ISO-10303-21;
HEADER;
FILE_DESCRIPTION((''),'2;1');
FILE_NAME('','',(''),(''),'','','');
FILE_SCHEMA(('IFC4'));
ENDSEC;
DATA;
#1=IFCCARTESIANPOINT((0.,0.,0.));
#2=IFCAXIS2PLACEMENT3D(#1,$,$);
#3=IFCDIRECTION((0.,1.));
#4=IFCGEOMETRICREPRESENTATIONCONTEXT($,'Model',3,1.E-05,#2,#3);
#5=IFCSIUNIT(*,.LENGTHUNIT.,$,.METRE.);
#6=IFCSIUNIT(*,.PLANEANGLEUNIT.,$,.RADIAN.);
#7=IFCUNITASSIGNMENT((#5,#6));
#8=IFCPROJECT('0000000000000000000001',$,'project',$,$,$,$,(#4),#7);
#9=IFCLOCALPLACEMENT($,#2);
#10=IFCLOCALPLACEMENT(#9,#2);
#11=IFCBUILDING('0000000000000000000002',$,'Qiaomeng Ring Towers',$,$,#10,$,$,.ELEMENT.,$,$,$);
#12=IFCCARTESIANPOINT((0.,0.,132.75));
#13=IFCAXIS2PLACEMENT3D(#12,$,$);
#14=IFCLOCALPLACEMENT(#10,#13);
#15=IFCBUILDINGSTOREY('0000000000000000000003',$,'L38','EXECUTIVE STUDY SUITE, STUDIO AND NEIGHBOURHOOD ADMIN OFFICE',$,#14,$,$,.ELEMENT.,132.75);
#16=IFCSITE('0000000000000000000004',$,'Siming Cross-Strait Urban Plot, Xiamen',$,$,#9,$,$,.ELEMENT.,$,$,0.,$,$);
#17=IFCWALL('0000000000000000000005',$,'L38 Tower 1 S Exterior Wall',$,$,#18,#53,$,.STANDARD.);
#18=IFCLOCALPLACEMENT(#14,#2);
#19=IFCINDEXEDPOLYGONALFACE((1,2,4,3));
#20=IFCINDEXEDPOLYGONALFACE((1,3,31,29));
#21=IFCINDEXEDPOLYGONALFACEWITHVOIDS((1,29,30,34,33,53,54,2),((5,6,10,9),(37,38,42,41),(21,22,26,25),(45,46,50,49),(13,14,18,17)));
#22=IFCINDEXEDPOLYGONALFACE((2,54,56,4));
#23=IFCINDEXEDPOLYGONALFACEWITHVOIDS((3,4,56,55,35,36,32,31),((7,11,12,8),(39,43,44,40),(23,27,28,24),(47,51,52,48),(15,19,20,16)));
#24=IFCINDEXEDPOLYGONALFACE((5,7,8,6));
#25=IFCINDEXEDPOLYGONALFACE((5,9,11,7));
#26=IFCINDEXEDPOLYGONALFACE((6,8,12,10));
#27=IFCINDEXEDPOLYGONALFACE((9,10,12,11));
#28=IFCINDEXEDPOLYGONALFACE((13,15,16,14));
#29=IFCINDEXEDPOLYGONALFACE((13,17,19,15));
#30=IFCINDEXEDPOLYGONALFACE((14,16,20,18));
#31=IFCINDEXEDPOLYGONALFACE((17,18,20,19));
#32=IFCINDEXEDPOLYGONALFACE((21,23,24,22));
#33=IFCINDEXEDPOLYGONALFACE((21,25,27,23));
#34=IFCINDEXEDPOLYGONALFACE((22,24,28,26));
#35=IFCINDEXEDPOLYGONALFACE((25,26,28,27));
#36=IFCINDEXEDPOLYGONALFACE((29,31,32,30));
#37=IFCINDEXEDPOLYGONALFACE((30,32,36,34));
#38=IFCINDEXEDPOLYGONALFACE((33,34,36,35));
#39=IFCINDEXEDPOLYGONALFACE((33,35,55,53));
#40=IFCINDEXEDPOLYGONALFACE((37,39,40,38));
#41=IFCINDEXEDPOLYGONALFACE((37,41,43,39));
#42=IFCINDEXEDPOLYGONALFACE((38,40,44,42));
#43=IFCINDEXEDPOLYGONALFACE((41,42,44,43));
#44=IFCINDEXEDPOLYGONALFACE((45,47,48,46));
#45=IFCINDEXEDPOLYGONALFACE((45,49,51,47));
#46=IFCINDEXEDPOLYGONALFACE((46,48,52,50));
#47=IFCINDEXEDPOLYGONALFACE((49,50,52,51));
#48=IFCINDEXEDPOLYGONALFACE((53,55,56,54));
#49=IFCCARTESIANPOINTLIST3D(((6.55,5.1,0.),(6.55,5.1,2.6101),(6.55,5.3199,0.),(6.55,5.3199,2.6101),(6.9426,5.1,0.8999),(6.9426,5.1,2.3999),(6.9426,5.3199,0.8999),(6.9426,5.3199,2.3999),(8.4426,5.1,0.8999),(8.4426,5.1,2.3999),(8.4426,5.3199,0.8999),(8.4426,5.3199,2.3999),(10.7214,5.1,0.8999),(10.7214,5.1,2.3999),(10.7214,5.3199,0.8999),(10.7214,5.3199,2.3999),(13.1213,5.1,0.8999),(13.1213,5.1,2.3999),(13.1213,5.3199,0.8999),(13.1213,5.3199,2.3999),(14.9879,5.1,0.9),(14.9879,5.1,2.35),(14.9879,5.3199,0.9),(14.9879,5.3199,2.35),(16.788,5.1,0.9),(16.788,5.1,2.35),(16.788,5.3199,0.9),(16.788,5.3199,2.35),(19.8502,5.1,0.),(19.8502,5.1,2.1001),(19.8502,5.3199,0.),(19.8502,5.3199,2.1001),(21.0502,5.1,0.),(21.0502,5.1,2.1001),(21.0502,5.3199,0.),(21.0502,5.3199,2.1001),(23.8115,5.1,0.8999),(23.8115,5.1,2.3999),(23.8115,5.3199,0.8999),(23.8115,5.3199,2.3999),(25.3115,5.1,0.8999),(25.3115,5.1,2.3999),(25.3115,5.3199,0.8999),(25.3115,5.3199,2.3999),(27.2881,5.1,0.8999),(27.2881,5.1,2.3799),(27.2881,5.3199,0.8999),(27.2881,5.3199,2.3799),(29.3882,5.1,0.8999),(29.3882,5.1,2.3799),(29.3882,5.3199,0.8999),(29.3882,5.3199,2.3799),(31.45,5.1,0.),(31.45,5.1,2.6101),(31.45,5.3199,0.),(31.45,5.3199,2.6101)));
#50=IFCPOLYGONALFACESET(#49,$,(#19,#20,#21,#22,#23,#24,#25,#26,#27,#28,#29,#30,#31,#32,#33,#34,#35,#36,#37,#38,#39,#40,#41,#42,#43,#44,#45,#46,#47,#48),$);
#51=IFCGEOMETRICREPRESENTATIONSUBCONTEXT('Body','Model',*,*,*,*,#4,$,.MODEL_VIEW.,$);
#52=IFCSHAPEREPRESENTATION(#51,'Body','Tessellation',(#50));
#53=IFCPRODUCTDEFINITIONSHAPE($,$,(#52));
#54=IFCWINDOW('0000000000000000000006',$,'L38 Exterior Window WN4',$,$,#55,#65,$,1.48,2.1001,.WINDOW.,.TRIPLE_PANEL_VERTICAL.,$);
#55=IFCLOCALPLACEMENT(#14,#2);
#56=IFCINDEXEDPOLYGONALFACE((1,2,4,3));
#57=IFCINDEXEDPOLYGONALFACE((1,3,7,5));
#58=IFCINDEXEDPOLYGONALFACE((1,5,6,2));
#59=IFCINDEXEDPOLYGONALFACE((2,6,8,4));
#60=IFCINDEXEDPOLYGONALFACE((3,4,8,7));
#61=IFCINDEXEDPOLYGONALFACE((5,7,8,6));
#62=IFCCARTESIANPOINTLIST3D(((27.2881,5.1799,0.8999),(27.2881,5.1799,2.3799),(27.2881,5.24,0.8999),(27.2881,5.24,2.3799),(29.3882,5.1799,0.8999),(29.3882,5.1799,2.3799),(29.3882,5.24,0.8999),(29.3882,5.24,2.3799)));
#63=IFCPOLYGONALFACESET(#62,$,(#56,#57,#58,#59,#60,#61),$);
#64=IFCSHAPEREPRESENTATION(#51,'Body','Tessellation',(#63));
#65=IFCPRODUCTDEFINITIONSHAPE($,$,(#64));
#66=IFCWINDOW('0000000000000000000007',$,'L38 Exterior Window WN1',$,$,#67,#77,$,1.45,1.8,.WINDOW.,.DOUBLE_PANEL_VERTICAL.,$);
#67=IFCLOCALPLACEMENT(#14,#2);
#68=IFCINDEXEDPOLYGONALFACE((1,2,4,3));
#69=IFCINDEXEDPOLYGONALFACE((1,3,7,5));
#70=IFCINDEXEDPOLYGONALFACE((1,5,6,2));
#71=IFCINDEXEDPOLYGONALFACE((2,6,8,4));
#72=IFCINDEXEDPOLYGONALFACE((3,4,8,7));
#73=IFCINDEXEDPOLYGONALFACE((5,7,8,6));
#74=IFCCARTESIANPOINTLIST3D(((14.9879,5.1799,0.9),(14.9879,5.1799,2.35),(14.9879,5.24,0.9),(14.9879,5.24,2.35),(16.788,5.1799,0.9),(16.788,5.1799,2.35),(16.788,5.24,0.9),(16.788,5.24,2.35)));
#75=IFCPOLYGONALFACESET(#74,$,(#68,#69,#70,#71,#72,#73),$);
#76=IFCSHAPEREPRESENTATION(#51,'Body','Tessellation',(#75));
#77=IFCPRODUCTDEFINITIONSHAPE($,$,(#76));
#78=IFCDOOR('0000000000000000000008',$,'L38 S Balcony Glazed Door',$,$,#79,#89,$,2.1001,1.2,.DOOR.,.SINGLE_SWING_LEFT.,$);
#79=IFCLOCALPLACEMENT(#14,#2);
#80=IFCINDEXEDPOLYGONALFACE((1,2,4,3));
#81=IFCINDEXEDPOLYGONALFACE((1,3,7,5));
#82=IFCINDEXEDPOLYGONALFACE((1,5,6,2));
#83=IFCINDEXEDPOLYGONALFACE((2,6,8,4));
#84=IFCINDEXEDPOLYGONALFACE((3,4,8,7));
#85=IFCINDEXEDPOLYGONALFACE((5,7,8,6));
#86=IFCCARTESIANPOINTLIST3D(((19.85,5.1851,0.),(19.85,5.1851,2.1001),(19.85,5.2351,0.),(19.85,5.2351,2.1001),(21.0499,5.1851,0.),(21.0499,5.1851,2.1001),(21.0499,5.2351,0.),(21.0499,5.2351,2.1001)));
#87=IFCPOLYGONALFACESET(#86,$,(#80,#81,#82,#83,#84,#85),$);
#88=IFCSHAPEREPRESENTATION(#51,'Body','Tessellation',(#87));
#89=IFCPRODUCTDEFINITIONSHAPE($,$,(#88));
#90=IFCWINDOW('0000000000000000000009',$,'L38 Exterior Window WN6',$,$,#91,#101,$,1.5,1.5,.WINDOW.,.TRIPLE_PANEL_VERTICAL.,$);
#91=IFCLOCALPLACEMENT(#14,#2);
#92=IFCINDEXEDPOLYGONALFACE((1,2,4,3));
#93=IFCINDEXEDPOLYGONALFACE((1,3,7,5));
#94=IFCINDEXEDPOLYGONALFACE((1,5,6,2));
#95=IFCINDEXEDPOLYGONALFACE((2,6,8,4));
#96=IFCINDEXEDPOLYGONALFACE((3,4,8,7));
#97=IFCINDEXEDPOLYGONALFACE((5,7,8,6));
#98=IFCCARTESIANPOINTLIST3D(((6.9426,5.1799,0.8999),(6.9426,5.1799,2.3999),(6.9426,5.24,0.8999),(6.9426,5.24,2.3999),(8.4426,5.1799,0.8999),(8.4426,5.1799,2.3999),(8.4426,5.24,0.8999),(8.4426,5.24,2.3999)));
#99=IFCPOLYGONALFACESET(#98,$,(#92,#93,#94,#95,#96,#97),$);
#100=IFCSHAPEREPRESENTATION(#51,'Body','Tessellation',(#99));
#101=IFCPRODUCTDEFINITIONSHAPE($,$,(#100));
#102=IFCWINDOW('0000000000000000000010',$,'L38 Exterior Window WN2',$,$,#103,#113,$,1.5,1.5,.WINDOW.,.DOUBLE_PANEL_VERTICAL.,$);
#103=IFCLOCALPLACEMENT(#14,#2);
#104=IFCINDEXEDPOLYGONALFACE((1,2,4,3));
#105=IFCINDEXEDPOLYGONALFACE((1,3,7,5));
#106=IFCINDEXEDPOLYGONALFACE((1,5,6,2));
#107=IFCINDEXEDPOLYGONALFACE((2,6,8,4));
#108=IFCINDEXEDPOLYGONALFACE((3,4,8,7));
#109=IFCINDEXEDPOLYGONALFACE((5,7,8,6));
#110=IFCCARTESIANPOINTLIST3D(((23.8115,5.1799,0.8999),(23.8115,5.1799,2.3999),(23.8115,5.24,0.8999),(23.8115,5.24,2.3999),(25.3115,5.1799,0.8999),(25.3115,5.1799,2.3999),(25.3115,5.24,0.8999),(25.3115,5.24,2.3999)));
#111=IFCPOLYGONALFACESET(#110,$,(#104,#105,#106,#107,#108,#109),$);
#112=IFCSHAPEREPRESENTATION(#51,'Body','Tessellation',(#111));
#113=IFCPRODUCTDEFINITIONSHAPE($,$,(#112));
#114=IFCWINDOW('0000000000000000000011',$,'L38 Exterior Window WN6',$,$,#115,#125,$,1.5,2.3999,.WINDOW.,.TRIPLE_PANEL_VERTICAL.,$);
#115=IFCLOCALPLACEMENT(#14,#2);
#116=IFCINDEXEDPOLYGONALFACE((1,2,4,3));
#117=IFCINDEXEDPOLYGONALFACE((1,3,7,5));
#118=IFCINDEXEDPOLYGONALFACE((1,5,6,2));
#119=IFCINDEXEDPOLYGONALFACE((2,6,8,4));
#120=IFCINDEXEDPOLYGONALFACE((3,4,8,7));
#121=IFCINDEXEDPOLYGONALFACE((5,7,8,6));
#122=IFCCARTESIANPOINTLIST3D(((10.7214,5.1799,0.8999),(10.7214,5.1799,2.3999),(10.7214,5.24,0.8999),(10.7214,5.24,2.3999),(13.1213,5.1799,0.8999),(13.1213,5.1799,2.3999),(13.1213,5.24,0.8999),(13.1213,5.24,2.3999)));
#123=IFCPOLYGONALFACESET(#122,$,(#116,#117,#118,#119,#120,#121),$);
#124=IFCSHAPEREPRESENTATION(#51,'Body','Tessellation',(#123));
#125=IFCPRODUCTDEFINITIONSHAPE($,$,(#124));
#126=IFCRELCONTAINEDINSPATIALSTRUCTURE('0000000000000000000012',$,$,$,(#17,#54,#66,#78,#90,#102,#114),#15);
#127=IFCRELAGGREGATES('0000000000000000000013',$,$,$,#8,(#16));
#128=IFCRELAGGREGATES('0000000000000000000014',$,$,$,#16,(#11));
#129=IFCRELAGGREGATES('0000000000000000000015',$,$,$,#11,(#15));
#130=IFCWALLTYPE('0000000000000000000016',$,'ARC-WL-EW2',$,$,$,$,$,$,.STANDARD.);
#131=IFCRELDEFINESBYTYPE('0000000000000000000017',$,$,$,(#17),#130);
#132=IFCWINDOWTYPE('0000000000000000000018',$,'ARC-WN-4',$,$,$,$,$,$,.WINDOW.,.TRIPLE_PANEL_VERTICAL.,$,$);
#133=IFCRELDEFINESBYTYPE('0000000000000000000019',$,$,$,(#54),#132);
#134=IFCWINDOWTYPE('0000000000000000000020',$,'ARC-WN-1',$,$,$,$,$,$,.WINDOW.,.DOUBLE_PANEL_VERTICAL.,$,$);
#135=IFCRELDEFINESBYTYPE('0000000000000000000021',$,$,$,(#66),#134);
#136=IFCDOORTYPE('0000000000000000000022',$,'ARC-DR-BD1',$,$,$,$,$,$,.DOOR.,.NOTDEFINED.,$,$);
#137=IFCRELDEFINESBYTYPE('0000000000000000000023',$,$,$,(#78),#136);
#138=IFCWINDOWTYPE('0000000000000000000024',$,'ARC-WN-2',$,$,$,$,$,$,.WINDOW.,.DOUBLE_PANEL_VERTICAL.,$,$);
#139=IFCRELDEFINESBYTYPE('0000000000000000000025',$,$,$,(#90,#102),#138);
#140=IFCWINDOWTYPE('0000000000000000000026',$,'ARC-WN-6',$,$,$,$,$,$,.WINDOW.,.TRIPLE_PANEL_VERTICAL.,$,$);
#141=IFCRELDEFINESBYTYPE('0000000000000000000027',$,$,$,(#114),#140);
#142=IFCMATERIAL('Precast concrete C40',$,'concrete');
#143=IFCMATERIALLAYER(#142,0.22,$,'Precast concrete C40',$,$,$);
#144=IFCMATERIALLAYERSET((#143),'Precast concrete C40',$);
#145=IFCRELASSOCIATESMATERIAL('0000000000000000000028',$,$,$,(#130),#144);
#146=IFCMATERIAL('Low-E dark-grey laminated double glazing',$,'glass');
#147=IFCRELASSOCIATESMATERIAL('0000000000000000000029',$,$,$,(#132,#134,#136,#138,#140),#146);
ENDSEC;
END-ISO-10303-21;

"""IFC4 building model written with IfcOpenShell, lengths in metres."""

from ifc_helpers import new_model, si_unit, direction, frame, frame_2d, origin, place, context, subcontext, project, spatial, rectangle, extrude, source, transform, mapped, material, layer, layer_set, type_object, element, fill, save


model = new_model("IFC4")

# Units and contexts
model_context = context("Model", 3, precision=1e-05, world=origin(), true_north=direction((0.0, 1.0)))
body_context = subcontext(model_context, "Body", "Model", "MODEL_VIEW")
ifc_project = project(units=[si_unit("LENGTHUNIT", "METRE"), si_unit("PLANEANGLEUNIT", "RADIAN")], contexts=[model_context])

# Site, building, storey
site_placement = place(None, origin())
site = spatial("IfcSite", under=ifc_project, at=site_placement, Name="Siming Cross-Strait Urban Plot, Xiamen", CompositionType="ELEMENT", RefElevation=0.0)
building_placement = place(site_placement, origin())
building = spatial("IfcBuilding", under=site, at=building_placement, Name="Qiaomeng Ring Towers", CompositionType="ELEMENT")
storey_placement = place(building_placement, frame((0.0, 0.0, 132.75)))
storey = spatial("IfcBuildingStorey", under=building, at=storey_placement, Name="L38", Description="EXECUTIVE STUDY SUITE, STUDIO AND NEIGHBOURHOOD ADMIN OFFICE", CompositionType="ELEMENT", Elevation=132.75)

# Shared definitions
ifc_material_1 = material(Name="Low-E dark-grey laminated double glazing", Category="glass")

# Wall, openings, windows, door
ifc_material_2 = material(Name="Precast concrete C40", Category="concrete")
ifc_layer_1 = layer(ifc_material_2, 0.22, Name="Precast concrete C40")
ifc_layer_set_1 = layer_set([ifc_layer_1], Name="Precast concrete C40")
wall_type = type_object("IfcWallType", Name="ARC-WL-EW2", PredefinedType="STANDARD", material=ifc_layer_set_1)
wall_placement = place(storey_placement, frame((6.55, 5.21, 0.0), z_axis=(0.0, 0.0, 1.0), x_axis=(1.0, 0.0, 0.0)))
wall = element("IfcWall", 1, at=wall_placement, inside=storey, type_object=wall_type, Name="L38 Tower 1 S Exterior Wall", PredefinedType="STANDARD", context=body_context, shape_type="SweptSolid", body=[
    extrude(rectangle(XDim=24.8999, YDim=0.22, at=frame_2d((12.45, 0.0))), origin(), (0.0, 0.0, 1.0), 2.6101),
])
opening_1_placement = place(wall_placement, frame((13.3, 0.0, 0.0)))
opening_1 = element("IfcOpeningElement", 2, at=opening_1_placement, cuts=wall, PredefinedType="OPENING", context=body_context, shape_type="SweptSolid", body=[
    extrude(rectangle(XDim=1.2, YDim=2.1001, at=frame_2d((0.6001, 1.05))), frame((0.0, 0.1199, 0.0), z_axis=(0.0, -1.0, 0.0), x_axis=(1.0, 0.0, 0.0)), (0.0, 0.0, 1.0), 0.24),
])
opening_2_placement = place(wall_placement, frame((0.3926, 0.0, 0.8999)))
opening_2 = element("IfcOpeningElement", 3, at=opening_2_placement, cuts=wall, PredefinedType="OPENING", context=body_context, shape_type="SweptSolid", body=[
    extrude(rectangle(XDim=1.5, YDim=1.5, at=frame_2d((0.75, 0.75))), frame((0.0, 0.1199, 0.0), z_axis=(0.0, -1.0, 0.0), x_axis=(1.0, 0.0, 0.0)), (0.0, 0.0, 1.0), 0.24),
])
opening_3_placement = place(wall_placement, frame((8.438, 0.0, 0.8999)))
opening_3 = element("IfcOpeningElement", 4, at=opening_3_placement, cuts=wall, PredefinedType="OPENING", context=body_context, shape_type="SweptSolid", body=[
    extrude(rectangle(XDim=1.8, YDim=1.45, at=frame_2d((0.8999, 0.7251))), frame((0.0, 0.1199, 0.0), z_axis=(0.0, -1.0, 0.0), x_axis=(1.0, 0.0, 0.0)), (0.0, 0.0, 1.0), 0.24),
])
opening_4_placement = place(wall_placement, frame((17.2615, 0.0, 0.8999)))
opening_4 = element("IfcOpeningElement", 5, at=opening_4_placement, cuts=wall, PredefinedType="OPENING", context=body_context, shape_type="SweptSolid", body=[
    extrude(rectangle(XDim=1.5, YDim=1.5, at=frame_2d((0.75, 0.75))), frame((0.0, 0.1199, 0.0), z_axis=(0.0, -1.0, 0.0), x_axis=(1.0, 0.0, 0.0)), (0.0, 0.0, 1.0), 0.24),
])
opening_5_placement = place(wall_placement, frame((20.738, 0.0, 0.8999)))
opening_5 = element("IfcOpeningElement", 6, at=opening_5_placement, cuts=wall, PredefinedType="OPENING", context=body_context, shape_type="SweptSolid", body=[
    extrude(rectangle(XDim=2.1001, YDim=1.48, at=frame_2d((1.05, 0.74))), frame((0.0, 0.1199, 0.0), z_axis=(0.0, -1.0, 0.0), x_axis=(1.0, 0.0, 0.0)), (0.0, 0.0, 1.0), 0.24),
])
opening_6_placement = place(wall_placement, frame((4.1714, 0.0, 0.8999)))
opening_6 = element("IfcOpeningElement", 7, at=opening_6_placement, cuts=wall, PredefinedType="OPENING", context=body_context, shape_type="SweptSolid", body=[
    extrude(rectangle(XDim=2.3999, YDim=1.5, at=frame_2d((1.2, 0.75))), frame((0.0, 0.1199, 0.0), z_axis=(0.0, -1.0, 0.0), x_axis=(1.0, 0.0, 0.0)), (0.0, 0.0, 1.0), 0.24),
])
window_type_1 = type_object("IfcWindowType", Name="ARC-WN-4", PartitioningType="TRIPLE_PANEL_VERTICAL", PredefinedType="WINDOW", material=ifc_material_1)
shared_shape_1 = source(origin(), body_context, "Body", "SweptSolid", [
    extrude(rectangle(XDim=2.1001, YDim=1.48, at=frame_2d((1.05, 0.74))), frame((0.0, 0.03, 0.0), z_axis=(0.0, -1.0, 0.0), x_axis=(1.0, 0.0, 0.0)), (0.0, 0.0, 1.0), 0.0601),
])
window_1_placement = place(opening_5_placement, origin())
window_1 = element("IfcWindow", 8, at=window_1_placement, inside=storey, type_object=window_type_1, Name="L38 Exterior Window WN4", OverallHeight=1.48, OverallWidth=2.1001, PartitioningType="TRIPLE_PANEL_VERTICAL", PredefinedType="WINDOW", context=body_context, shape_type="MappedRepresentation", body=[
    mapped(shared_shape_1, transform((0.0, 0.0, 0.0), x_axis=(1.0, 0.0, 0.0), y_axis=(0.0, 1.0, 0.0), z_axis=(0.0, 0.0, 1.0), scale=1.0)),
])
fill(opening_5, window_1)
window_type_2 = type_object("IfcWindowType", Name="ARC-WN-1", PartitioningType="DOUBLE_PANEL_VERTICAL", PredefinedType="WINDOW", material=ifc_material_1)
shared_shape_2 = source(origin(), body_context, "Body", "SweptSolid", [
    extrude(rectangle(XDim=1.8, YDim=1.45, at=frame_2d((0.8999, 0.7251))), frame((0.0, 0.03, 0.0), z_axis=(0.0, -1.0, 0.0), x_axis=(1.0, 0.0, 0.0)), (0.0, 0.0, 1.0), 0.0601),
])
window_2_placement = place(opening_3_placement, origin())
window_2 = element("IfcWindow", 9, at=window_2_placement, inside=storey, type_object=window_type_2, Name="L38 Exterior Window WN1", OverallHeight=1.45, OverallWidth=1.8, PartitioningType="DOUBLE_PANEL_VERTICAL", PredefinedType="WINDOW", context=body_context, shape_type="MappedRepresentation", body=[
    mapped(shared_shape_2, transform((0.0, 0.0, 0.0), x_axis=(1.0, 0.0, 0.0), y_axis=(0.0, 1.0, 0.0), z_axis=(0.0, 0.0, 1.0), scale=1.0)),
])
fill(opening_3, window_2)
door_type = type_object("IfcDoorType", Name="ARC-DR-BD1", OperationType="NOTDEFINED", PredefinedType="DOOR", material=ifc_material_1)
shared_shape_3 = source(origin(), body_context, "Body", "SweptSolid", [
    extrude(rectangle(XDim=1.2, YDim=2.1001, at=frame_2d((0.6001, 1.05))), frame((0.0, 0.0249, 0.0), z_axis=(0.0, -1.0, 0.0), x_axis=(1.0, 0.0, 0.0)), (0.0, 0.0, 1.0), 0.05),
])
door_placement = place(opening_1_placement, frame((1.2, 0.0, 0.0), z_axis=(0.0, 0.0, 1.0), x_axis=(-1.0, 0.0, 0.0)))
door = element("IfcDoor", 10, at=door_placement, inside=storey, type_object=door_type, Name="L38 S Balcony Glazed Door", OperationType="SINGLE_SWING_LEFT", OverallHeight=2.1001, OverallWidth=1.2, PredefinedType="DOOR", context=body_context, shape_type="MappedRepresentation", body=[
    mapped(shared_shape_3, transform((0.0, 0.0, 0.0), x_axis=(1.0, 0.0, 0.0), y_axis=(0.0, 1.0, 0.0), z_axis=(0.0, 0.0, 1.0), scale=1.0)),
])
fill(opening_1, door)
window_type_3 = type_object("IfcWindowType", Name="ARC-WN-2", PartitioningType="DOUBLE_PANEL_VERTICAL", PredefinedType="WINDOW", material=ifc_material_1)
shared_shape_4 = source(origin(), body_context, "Body", "SweptSolid", [
    extrude(rectangle(XDim=1.5, YDim=1.5, at=frame_2d((0.75, 0.75))), frame((0.0, 0.03, 0.0), z_axis=(0.0, -1.0, 0.0), x_axis=(1.0, 0.0, 0.0)), (0.0, 0.0, 1.0), 0.0601),
])
window_3_placement = place(opening_2_placement, origin())
window_3 = element("IfcWindow", 11, at=window_3_placement, inside=storey, type_object=window_type_3, Name="L38 Exterior Window WN6", OverallHeight=1.5, OverallWidth=1.5, PartitioningType="TRIPLE_PANEL_VERTICAL", PredefinedType="WINDOW", context=body_context, shape_type="MappedRepresentation", body=[
    mapped(shared_shape_4, transform((0.0, 0.0, 0.0), x_axis=(1.0, 0.0, 0.0), y_axis=(0.0, 1.0, 0.0), z_axis=(0.0, 0.0, 1.0), scale=1.0)),
])
fill(opening_2, window_3)
window_4_placement = place(opening_4_placement, origin())
window_4 = element("IfcWindow", 12, at=window_4_placement, inside=storey, type_object=window_type_3, Name="L38 Exterior Window WN2", OverallHeight=1.5, OverallWidth=1.5, PartitioningType="DOUBLE_PANEL_VERTICAL", PredefinedType="WINDOW", context=body_context, shape_type="MappedRepresentation", body=[
    mapped(shared_shape_4, transform((0.0, 0.0, 0.0), x_axis=(1.0, 0.0, 0.0), y_axis=(0.0, 1.0, 0.0), z_axis=(0.0, 0.0, 1.0), scale=1.0)),
])
fill(opening_4, window_4)
window_type_4 = type_object("IfcWindowType", Name="ARC-WN-6", PartitioningType="TRIPLE_PANEL_VERTICAL", PredefinedType="WINDOW", material=ifc_material_1)
shared_shape_5 = source(origin(), body_context, "Body", "SweptSolid", [
    extrude(rectangle(XDim=2.3999, YDim=1.5, at=frame_2d((1.2, 0.75))), frame((0.0, 0.03, 0.0), z_axis=(0.0, -1.0, 0.0), x_axis=(1.0, 0.0, 0.0)), (0.0, 0.0, 1.0), 0.0601),
])
window_5_placement = place(opening_6_placement, origin())
window_5 = element("IfcWindow", 13, at=window_5_placement, inside=storey, type_object=window_type_4, Name="L38 Exterior Window WN6", OverallHeight=1.5, OverallWidth=2.3999, PartitioningType="TRIPLE_PANEL_VERTICAL", PredefinedType="WINDOW", context=body_context, shape_type="MappedRepresentation", body=[
    mapped(shared_shape_5, transform((0.0, 0.0, 0.0), x_axis=(1.0, 0.0, 0.0), y_axis=(0.0, 1.0, 0.0), z_axis=(0.0, 0.0, 1.0), scale=1.0)),
])
fill(opening_6, window_5)

save(model, "model.ifc")
